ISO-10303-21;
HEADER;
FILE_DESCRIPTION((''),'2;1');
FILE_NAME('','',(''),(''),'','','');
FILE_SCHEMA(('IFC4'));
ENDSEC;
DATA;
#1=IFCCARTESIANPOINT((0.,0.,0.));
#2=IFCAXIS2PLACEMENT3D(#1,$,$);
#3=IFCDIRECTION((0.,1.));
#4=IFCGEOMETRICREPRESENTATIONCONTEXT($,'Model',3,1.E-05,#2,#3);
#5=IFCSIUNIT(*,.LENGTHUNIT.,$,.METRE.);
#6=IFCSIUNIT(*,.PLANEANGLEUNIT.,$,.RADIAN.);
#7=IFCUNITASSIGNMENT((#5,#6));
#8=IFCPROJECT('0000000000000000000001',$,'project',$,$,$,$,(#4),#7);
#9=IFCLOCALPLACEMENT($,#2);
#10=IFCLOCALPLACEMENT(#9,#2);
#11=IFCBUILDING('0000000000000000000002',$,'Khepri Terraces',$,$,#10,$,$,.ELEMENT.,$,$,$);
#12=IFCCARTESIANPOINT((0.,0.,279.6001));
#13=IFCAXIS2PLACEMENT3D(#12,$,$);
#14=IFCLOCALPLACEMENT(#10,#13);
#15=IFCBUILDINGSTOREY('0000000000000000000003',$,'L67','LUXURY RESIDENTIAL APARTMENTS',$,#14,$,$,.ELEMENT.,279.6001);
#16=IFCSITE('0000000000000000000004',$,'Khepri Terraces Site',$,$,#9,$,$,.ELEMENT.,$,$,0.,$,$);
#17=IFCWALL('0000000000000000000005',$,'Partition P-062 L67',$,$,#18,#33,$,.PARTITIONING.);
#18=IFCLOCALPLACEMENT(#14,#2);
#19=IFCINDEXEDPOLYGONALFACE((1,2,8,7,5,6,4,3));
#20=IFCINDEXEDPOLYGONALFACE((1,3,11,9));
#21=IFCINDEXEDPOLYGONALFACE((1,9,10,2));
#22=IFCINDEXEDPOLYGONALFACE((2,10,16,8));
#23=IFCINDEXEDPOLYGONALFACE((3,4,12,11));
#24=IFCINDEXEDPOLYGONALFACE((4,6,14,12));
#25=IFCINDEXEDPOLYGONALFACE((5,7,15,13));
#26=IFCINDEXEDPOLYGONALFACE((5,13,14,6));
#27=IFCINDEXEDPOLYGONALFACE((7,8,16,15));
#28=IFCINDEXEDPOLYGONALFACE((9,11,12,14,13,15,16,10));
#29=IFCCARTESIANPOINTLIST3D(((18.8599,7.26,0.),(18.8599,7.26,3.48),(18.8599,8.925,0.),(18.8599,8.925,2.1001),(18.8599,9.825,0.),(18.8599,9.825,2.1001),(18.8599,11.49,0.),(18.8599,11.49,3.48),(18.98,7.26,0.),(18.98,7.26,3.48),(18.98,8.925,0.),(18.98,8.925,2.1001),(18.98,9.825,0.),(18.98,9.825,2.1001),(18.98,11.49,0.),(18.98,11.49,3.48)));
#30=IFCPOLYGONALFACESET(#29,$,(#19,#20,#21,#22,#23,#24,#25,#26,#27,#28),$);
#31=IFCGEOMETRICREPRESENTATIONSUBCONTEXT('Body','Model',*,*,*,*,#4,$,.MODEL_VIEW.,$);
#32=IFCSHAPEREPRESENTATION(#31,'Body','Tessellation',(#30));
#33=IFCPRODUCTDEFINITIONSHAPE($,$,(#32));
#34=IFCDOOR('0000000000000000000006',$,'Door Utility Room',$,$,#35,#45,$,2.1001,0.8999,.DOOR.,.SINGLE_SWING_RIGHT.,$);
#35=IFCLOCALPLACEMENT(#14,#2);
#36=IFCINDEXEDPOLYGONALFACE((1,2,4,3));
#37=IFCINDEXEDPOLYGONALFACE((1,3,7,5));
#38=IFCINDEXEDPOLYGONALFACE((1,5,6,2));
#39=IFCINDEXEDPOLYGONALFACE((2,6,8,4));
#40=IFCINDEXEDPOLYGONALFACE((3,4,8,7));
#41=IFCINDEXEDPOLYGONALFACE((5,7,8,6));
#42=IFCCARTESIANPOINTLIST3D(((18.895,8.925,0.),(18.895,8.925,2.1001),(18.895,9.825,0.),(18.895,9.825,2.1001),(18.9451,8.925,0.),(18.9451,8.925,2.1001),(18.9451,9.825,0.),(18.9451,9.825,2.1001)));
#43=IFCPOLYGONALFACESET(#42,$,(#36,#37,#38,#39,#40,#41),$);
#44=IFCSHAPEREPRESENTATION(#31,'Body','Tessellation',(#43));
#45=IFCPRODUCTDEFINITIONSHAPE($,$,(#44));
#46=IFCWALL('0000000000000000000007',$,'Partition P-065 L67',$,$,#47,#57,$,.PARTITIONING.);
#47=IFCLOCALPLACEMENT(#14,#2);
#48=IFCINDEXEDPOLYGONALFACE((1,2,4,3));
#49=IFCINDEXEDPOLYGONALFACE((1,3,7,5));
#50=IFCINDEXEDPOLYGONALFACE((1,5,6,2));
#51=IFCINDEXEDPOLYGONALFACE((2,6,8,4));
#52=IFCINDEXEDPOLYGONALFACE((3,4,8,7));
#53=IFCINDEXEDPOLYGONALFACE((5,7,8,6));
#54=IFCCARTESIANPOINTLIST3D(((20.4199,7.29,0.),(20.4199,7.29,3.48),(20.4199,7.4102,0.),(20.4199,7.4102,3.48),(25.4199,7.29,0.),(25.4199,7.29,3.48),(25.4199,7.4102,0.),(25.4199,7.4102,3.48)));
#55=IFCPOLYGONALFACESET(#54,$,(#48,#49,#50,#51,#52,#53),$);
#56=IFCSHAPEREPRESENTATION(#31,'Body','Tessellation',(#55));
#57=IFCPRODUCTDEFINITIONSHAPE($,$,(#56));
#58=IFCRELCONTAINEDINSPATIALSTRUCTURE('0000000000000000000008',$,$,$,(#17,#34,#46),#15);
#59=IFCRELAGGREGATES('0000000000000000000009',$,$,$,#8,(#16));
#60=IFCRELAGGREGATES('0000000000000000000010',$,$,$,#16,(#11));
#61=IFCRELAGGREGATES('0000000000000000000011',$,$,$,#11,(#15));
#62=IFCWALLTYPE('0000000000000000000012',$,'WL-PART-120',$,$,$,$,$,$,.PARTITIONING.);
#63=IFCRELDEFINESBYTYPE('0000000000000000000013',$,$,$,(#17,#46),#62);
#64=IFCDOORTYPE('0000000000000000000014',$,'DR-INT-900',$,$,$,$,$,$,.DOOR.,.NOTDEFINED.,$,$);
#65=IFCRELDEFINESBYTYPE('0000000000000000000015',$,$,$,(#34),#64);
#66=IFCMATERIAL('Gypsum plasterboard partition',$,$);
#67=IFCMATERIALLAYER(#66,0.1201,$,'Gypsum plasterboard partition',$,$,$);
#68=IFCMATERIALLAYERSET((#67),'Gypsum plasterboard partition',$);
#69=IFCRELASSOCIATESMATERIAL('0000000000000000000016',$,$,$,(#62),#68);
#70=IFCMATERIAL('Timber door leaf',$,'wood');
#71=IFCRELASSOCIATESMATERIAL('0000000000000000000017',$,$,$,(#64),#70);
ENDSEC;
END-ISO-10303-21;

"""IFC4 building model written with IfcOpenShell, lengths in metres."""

from ifc_helpers import new_model, si_unit, direction, frame, frame_2d, origin, place, context, subcontext, project, spatial, rectangle, extrude, material, layer, layer_set, type_object, element, fill, save


model = new_model("IFC4")

# Units and contexts
model_context = context("Model", 3, precision=1e-05, world=origin(), true_north=direction((0.0, 1.0)))
body_context = subcontext(model_context, "Body", "Model", "MODEL_VIEW")
ifc_project = project(units=[si_unit("LENGTHUNIT", "METRE"), si_unit("PLANEANGLEUNIT", "RADIAN")], contexts=[model_context])

# Site, building, storey
site_placement = place(None, origin())
site = spatial("IfcSite", under=ifc_project, at=site_placement, Name="Khepri Terraces Site", CompositionType="ELEMENT", RefElevation=0.0)
building_placement = place(site_placement, origin())
building = spatial("IfcBuilding", under=site, at=building_placement, Name="Khepri Terraces", CompositionType="ELEMENT")
storey_placement = place(building_placement, frame((0.0, 0.0, 279.6001)))
storey = spatial("IfcBuildingStorey", under=building, at=storey_placement, Name="L67", Description="LUXURY RESIDENTIAL APARTMENTS", CompositionType="ELEMENT", Elevation=279.6001)

# Shared definitions
ifc_material_1 = material(Name="Gypsum plasterboard partition")
ifc_layer_1 = layer(ifc_material_1, 0.1201, Name="Gypsum plasterboard partition")
ifc_layer_set_1 = layer_set([ifc_layer_1], Name="Gypsum plasterboard partition")
wall_type_1 = type_object("IfcWallType", Name="WL-PART-120", PredefinedType="PARTITIONING", material=ifc_layer_set_1)

# Shared definitions
ifc_material_2 = material(Name="Timber door leaf", Category="wood")
door_type_1 = type_object("IfcDoorType", Name="DR-INT-900", OperationType="NOTDEFINED", PredefinedType="DOOR", material=ifc_material_2)

# Wall, opening, door
wall_1_placement = place(storey_placement, frame((18.9199, 7.26, 0.0), z_axis=(0.0, 0.0, 1.0), x_axis=(0.0, 1.0, 0.0)))
wall_1 = element("IfcWall", 1, at=wall_1_placement, inside=storey, type_object=wall_type_1, Name="Partition P-062 L67", PredefinedType="PARTITIONING", context=body_context, shape_type="SweptSolid", body=[
    extrude(rectangle(XDim=4.23, YDim=0.1201, at=frame_2d((2.115, 0.0))), origin(), (0.0, 0.0, 1.0), 3.48),
])
opening_1_placement = place(wall_1_placement, frame((1.665, 0.0, 0.0)))
opening_1 = element("IfcOpeningElement", 2, at=opening_1_placement, cuts=wall_1, PredefinedType="OPENING", context=body_context, shape_type="SweptSolid", body=[
    extrude(rectangle(XDim=0.8999, YDim=2.1001, at=frame_2d((0.45, 1.05))), frame((0.0, 0.0701, 0.0), z_axis=(0.0, -1.0, 0.0), x_axis=(1.0, 0.0, 0.0)), (0.0, 0.0, 1.0), 0.1401),
])
door_1_placement = place(opening_1_placement, origin())
door_1 = element("IfcDoor", 3, at=door_1_placement, inside=storey, type_object=door_type_1, Name="Door Utility Room", OperationType="SINGLE_SWING_RIGHT", OverallHeight=2.1001, OverallWidth=0.8999, PredefinedType="DOOR", context=body_context, shape_type="SweptSolid", body=[
    extrude(rectangle(XDim=0.8999, YDim=2.1001, at=frame_2d((0.45, 1.05))), frame((0.0, 0.0249, 0.0), z_axis=(0.0, -1.0, 0.0), x_axis=(1.0, 0.0, 0.0)), (0.0, 0.0, 1.0), 0.05),
])
fill(opening_1, door_1)

# Wall
wall_2_placement = place(storey_placement, frame((20.4199, 7.3501, 0.0), z_axis=(0.0, 0.0, 1.0), x_axis=(1.0, 0.0, 0.0)))
element("IfcWall", 4, at=wall_2_placement, inside=storey, type_object=wall_type_1, Name="Partition P-065 L67", PredefinedType="PARTITIONING", context=body_context, shape_type="SweptSolid", body=[
    extrude(rectangle(XDim=5.0, YDim=0.1201, at=frame_2d((2.5, 0.0))), origin(), (0.0, 0.0, 1.0), 3.48),
])

save(model, "model.ifc")
